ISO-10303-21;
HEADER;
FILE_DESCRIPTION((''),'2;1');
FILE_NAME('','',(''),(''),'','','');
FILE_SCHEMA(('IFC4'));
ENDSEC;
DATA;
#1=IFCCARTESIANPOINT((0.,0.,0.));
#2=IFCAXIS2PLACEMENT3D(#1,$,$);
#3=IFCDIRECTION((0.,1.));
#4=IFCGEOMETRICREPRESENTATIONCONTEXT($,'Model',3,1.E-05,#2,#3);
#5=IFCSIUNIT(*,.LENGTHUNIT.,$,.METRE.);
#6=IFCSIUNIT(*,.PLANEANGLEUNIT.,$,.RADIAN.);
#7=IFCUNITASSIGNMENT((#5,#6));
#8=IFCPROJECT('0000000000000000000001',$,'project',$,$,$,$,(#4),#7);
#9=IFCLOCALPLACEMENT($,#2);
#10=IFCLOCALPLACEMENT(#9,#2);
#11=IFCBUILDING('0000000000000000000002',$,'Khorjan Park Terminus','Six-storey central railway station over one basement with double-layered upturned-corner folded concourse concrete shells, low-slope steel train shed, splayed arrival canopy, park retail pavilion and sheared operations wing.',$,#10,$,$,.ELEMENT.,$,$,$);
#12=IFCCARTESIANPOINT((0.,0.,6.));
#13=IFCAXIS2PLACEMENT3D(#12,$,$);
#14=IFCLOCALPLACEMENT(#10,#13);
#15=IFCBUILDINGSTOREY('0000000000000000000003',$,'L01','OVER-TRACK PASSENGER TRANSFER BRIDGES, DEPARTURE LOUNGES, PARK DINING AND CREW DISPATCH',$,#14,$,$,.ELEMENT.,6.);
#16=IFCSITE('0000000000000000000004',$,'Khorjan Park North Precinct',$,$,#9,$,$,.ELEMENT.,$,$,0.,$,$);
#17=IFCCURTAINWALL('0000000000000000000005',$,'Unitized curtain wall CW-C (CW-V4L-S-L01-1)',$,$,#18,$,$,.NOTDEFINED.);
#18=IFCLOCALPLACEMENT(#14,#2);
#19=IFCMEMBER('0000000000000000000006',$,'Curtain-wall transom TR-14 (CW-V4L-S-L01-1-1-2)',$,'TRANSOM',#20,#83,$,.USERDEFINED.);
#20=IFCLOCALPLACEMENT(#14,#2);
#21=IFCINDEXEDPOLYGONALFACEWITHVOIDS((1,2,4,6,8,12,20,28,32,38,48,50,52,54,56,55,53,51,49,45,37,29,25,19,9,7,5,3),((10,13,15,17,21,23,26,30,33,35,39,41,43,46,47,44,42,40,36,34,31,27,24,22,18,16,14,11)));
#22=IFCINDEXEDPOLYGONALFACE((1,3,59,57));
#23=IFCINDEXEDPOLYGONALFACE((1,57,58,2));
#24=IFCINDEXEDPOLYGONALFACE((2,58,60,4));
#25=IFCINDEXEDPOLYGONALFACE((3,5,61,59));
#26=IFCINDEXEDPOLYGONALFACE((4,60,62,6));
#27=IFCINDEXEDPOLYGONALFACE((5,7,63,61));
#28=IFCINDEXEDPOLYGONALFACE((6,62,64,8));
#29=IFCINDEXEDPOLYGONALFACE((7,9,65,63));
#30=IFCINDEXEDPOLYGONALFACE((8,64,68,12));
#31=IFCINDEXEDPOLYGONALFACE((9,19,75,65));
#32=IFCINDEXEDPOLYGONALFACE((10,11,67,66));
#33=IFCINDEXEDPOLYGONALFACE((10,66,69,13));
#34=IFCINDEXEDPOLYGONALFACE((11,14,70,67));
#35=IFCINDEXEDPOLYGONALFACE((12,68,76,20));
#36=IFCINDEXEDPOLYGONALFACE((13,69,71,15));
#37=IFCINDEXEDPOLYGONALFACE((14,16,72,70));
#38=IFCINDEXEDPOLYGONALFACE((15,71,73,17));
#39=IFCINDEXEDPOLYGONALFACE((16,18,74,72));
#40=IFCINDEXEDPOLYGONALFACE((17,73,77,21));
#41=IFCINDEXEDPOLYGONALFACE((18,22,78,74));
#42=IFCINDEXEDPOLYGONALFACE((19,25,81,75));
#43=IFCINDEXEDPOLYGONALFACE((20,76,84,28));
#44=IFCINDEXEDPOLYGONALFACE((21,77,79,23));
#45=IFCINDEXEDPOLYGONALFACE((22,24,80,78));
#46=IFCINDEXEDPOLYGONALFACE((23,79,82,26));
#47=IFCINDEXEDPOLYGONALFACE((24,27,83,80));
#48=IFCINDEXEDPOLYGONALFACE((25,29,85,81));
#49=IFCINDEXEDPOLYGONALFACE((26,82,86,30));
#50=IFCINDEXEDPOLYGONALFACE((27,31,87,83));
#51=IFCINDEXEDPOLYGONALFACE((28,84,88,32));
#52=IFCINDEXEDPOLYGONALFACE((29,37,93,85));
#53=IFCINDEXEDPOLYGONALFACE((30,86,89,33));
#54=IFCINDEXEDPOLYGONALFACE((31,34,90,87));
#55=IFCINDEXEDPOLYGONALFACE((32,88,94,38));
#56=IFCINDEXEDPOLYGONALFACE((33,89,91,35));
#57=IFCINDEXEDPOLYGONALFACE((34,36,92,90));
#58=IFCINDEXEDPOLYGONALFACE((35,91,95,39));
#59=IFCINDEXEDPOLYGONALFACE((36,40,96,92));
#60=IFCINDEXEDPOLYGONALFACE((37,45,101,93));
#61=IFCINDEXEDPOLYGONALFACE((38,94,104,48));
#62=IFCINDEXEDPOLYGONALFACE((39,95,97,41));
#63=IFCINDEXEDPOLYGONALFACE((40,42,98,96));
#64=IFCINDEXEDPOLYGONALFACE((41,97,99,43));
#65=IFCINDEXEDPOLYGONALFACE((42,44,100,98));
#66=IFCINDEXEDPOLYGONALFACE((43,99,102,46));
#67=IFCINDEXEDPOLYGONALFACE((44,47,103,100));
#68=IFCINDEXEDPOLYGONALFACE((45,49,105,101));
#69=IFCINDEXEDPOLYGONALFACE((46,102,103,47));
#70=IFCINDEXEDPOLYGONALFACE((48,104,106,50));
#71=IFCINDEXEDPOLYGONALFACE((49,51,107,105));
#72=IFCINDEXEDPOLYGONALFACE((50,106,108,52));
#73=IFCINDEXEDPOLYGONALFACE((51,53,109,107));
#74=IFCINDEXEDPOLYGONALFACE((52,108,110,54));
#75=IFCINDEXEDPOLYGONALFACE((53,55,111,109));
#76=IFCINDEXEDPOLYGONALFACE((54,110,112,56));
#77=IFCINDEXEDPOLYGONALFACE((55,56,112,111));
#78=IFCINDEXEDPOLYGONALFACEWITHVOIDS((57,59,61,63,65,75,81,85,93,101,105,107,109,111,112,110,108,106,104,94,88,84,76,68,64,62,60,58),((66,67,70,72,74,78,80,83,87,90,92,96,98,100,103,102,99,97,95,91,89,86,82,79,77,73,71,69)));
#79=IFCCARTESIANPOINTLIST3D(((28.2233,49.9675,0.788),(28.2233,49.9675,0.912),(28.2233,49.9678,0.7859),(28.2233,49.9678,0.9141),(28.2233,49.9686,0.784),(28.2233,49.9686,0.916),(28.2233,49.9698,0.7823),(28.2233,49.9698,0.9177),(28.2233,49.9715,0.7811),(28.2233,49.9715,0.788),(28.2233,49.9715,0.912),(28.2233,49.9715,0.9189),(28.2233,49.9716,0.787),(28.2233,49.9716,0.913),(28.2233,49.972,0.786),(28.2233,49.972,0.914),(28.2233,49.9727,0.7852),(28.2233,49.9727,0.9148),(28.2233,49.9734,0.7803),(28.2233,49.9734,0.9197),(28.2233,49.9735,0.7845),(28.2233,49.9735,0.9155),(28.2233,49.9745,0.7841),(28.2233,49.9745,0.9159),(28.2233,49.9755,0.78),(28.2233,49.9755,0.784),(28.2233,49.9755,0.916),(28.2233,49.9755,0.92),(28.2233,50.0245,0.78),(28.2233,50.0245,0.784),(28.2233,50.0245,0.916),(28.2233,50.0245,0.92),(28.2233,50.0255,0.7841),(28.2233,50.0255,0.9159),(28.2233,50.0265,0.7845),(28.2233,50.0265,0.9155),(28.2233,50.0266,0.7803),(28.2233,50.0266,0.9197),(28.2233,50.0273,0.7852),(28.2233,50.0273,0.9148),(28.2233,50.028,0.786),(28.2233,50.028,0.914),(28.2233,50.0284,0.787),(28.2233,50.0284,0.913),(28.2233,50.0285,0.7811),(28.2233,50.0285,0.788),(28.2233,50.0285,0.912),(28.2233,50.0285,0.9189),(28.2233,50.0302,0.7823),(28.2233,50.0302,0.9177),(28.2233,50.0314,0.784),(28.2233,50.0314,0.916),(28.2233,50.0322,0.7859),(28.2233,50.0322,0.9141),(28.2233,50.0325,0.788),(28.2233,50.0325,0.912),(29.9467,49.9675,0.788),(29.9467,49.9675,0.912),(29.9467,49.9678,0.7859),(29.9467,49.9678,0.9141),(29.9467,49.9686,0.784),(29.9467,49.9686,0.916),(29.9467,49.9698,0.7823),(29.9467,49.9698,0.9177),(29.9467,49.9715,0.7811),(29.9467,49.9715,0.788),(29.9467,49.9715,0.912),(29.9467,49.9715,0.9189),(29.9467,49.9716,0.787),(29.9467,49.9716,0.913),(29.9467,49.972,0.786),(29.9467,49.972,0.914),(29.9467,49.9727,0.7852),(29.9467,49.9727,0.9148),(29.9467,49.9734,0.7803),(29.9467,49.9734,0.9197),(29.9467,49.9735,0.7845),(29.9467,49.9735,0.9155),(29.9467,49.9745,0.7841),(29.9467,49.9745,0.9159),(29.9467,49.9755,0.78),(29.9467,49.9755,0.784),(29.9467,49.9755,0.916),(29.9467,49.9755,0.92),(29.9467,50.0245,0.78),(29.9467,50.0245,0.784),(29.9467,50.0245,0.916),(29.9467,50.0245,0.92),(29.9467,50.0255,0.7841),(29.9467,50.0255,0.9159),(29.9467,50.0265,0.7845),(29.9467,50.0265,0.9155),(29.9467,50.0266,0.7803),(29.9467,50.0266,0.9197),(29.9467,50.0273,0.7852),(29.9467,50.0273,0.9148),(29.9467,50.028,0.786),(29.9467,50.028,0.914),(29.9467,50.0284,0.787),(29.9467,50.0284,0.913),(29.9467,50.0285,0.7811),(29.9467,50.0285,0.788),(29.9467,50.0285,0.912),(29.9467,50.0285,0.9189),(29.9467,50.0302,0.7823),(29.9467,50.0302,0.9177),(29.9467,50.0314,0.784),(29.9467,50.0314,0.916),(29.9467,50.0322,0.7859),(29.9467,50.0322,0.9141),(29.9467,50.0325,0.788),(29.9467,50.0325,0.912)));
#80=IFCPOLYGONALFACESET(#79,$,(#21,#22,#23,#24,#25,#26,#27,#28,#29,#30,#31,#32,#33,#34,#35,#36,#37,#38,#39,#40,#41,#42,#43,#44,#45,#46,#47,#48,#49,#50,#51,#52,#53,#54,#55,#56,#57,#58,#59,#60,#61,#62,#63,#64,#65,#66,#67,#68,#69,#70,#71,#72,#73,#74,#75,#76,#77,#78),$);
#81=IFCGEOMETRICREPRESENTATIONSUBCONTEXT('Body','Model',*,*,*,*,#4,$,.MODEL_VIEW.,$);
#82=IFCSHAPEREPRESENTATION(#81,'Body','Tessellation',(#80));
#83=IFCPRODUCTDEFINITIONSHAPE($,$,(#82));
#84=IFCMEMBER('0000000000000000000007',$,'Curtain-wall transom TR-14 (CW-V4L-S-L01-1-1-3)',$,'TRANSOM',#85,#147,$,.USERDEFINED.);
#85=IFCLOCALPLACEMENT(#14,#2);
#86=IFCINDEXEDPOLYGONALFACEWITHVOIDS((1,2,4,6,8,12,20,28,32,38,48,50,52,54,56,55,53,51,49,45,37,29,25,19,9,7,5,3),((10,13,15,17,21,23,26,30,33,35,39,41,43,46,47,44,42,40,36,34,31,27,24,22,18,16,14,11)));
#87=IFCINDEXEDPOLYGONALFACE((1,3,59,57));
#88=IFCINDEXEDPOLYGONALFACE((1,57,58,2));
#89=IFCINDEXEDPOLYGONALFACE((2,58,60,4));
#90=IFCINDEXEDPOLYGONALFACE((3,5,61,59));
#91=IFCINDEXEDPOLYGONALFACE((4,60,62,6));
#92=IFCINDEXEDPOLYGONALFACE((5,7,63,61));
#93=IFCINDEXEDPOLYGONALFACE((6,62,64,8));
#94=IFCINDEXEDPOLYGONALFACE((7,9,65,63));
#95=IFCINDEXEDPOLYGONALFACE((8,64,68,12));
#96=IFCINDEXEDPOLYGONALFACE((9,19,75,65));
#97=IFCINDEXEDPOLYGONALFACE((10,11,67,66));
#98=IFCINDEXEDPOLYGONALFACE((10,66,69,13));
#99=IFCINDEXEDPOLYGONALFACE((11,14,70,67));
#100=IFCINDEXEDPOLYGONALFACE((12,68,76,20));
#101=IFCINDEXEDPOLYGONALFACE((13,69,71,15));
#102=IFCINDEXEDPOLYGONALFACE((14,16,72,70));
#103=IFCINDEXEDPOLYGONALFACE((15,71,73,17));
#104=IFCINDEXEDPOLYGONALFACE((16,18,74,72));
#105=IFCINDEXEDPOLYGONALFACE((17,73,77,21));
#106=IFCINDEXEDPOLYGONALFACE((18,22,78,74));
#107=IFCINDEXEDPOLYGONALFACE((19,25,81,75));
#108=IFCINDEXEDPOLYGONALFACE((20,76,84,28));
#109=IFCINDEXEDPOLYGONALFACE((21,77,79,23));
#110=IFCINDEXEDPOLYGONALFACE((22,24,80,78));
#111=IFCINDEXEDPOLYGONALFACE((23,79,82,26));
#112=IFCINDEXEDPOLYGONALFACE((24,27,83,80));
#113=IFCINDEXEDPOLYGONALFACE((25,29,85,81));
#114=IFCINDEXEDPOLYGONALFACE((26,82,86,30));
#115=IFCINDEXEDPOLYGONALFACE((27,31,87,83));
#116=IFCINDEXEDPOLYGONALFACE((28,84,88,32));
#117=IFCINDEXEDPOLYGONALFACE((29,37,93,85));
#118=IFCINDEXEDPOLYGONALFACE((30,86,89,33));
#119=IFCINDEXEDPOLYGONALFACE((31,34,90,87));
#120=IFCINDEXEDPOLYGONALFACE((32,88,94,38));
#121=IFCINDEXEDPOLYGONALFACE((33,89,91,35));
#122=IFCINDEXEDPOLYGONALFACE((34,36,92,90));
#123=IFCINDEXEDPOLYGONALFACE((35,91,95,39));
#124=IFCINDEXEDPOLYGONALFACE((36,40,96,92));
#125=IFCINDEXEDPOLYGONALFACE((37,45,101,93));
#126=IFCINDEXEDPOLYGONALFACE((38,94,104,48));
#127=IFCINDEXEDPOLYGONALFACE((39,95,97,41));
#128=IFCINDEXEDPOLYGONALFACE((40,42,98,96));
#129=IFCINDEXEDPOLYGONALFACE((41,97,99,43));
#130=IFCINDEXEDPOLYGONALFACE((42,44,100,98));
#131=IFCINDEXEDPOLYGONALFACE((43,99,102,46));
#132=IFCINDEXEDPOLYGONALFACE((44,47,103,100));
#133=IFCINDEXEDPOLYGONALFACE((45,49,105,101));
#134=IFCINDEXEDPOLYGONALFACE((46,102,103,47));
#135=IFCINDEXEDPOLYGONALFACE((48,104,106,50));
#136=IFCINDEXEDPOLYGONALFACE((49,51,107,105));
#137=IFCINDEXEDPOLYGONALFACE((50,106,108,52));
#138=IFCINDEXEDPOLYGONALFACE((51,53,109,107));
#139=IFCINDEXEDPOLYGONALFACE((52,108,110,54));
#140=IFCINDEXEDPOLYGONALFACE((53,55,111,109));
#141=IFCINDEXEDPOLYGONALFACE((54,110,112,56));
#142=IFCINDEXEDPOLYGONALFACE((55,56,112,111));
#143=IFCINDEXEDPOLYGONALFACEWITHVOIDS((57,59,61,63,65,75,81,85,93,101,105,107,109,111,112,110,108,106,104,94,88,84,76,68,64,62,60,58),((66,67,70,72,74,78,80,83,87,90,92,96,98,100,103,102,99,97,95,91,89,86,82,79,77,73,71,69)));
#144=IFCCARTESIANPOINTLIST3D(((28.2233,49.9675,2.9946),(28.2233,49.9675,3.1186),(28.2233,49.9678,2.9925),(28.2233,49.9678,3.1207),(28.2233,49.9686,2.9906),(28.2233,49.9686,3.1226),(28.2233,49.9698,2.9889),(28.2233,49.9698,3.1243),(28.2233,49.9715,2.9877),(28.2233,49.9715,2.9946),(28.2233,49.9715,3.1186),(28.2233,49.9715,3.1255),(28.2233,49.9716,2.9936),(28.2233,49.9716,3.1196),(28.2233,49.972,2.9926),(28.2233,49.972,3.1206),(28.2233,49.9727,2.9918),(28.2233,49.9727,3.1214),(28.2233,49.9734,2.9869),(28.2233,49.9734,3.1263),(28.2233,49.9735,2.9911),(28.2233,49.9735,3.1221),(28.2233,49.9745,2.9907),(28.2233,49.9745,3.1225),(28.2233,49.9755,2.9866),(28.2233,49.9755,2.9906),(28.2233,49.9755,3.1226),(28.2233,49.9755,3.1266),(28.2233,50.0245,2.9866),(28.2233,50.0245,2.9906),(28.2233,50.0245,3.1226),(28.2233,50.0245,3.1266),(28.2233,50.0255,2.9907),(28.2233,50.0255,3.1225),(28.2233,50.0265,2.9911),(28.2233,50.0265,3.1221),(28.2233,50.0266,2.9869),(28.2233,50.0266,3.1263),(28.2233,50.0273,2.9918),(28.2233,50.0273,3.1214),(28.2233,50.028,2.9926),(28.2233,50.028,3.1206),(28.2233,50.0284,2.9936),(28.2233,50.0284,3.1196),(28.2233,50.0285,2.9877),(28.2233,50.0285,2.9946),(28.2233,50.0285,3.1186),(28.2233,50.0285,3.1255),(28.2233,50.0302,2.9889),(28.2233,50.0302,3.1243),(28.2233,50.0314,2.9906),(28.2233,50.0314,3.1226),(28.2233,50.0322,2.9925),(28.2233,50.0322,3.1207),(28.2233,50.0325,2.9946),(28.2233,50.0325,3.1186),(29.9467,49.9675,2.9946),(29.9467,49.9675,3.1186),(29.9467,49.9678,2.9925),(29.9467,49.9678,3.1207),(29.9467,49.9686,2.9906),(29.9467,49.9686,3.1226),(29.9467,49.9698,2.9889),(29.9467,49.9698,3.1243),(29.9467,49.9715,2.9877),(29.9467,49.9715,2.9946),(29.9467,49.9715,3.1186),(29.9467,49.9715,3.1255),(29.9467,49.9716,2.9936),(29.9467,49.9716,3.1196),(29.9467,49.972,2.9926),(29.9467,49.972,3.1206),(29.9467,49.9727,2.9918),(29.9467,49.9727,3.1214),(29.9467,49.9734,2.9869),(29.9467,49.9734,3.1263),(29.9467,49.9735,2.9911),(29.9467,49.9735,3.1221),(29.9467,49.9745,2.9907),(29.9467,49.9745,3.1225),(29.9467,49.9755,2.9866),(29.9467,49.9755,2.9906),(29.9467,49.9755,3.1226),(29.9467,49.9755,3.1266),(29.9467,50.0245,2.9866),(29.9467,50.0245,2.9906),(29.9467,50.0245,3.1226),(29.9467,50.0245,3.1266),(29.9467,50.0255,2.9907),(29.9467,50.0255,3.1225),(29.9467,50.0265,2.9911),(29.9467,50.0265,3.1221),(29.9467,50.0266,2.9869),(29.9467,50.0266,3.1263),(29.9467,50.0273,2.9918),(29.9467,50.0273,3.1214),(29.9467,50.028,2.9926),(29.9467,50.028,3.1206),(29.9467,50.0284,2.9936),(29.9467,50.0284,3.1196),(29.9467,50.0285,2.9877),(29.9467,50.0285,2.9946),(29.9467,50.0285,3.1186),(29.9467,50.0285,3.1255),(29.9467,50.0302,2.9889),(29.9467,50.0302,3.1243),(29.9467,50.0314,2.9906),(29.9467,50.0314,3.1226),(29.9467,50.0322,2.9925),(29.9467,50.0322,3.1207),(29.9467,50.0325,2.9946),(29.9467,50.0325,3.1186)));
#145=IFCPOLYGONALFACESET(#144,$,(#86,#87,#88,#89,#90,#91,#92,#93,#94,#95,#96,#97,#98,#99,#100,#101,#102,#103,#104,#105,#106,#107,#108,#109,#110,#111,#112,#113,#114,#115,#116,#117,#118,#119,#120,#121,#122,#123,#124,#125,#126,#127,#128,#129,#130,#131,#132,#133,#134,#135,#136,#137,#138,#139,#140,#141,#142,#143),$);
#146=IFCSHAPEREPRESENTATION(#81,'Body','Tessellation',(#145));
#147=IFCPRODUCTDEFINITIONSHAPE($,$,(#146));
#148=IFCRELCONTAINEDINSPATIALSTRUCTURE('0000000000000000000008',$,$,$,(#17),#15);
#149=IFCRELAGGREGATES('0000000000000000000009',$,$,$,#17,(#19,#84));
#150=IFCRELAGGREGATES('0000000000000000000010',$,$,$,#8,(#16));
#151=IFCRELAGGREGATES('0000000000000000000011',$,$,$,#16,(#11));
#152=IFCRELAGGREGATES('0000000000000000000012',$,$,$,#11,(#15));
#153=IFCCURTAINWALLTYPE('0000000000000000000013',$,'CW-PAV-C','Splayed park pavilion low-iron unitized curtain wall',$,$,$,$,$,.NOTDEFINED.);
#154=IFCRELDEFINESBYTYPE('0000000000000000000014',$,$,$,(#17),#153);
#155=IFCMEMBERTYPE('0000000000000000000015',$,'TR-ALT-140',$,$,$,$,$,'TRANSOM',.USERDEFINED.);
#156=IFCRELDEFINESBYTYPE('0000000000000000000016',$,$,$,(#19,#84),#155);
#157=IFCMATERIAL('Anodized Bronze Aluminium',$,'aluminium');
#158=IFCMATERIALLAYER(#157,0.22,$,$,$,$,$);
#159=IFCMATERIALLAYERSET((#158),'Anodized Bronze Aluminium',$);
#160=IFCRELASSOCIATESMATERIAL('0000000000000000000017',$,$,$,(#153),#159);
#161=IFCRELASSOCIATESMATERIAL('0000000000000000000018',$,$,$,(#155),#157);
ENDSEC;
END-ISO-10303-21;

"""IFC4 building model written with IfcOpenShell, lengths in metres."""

from ifc_helpers import new_model, si_unit, direction, frame, origin, origin_2d, place, context, subcontext, project, spatial, hollow_rectangle, extrude, material, layer, layer_set, material_profile, profile_set, type_object, element, aggregate, save


model = new_model("IFC4")

# Units and contexts
model_context = context("Model", 3, precision=1e-05, world=origin(), true_north=direction((0.0, 1.0)))
body_context = subcontext(model_context, "Body", "Model", "MODEL_VIEW")
ifc_project = project(units=[si_unit("LENGTHUNIT", "METRE"), si_unit("PLANEANGLEUNIT", "RADIAN")], contexts=[model_context])

# Site, building, storey
site_placement = place(None, origin())
site = spatial("IfcSite", under=ifc_project, at=site_placement, Name="Khorjan Park North Precinct", CompositionType="ELEMENT", RefElevation=0.0)
building_placement = place(site_placement, origin())
building = spatial("IfcBuilding", under=site, at=building_placement, Name="Khorjan Park Terminus", Description="Six-storey central railway station over one basement with double-layered upturned-corner folded concourse concrete shells, low-slope steel train shed, splayed arrival canopy, park retail pavilion and sheared operations wing.", CompositionType="ELEMENT")
storey_placement = place(building_placement, frame((0.0, 0.0, 6.0)))
storey = spatial("IfcBuildingStorey", under=building, at=storey_placement, Name="L01", Description="OVER-TRACK PASSENGER TRANSFER BRIDGES, DEPARTURE LOUNGES, PARK DINING AND CREW DISPATCH", CompositionType="ELEMENT", Elevation=6.0)

# Curtain wall
ifc_material_1 = material(Name="Anodized Bronze Aluminium", Category="aluminium")
ifc_layer_1 = layer(ifc_material_1, 0.22)
ifc_layer_set_1 = layer_set([ifc_layer_1], Name="Anodized Bronze Aluminium")
curtain_wall_type = type_object("IfcCurtainWallType", Name="CW-PAV-C", Description="Splayed park pavilion low-iron unitized curtain wall", PredefinedType="NOTDEFINED", material=ifc_layer_set_1)
curtain_wall_1_placement = place(storey_placement, origin())
curtain_wall_1 = element("IfcCurtainWall", 1, at=curtain_wall_1_placement, inside=storey, type_object=curtain_wall_type, Name="Unitized curtain wall CW-C (CW-V4L-S-L01-1)", PredefinedType="NOTDEFINED")

# Members
ifc_material_profile_1 = material_profile(ifc_material_1, hollow_rectangle(XDim=0.065, YDim=0.14, WallThickness=0.004, InnerFilletRadius=0.004, OuterFilletRadius=0.008, at=origin_2d()), Name="ALT 65x140x4")
ifc_profile_set_1 = profile_set([ifc_material_profile_1], Name="Anodized Bronze Aluminium")
member_type_1 = type_object("IfcMemberType", Name="TR-ALT-140", ElementType="TRANSOM", PredefinedType="USERDEFINED", material=ifc_profile_set_1)
member_1_placement = place(storey_placement, frame((28.2233, 50.0, 0.85), z_axis=(1.0, 0.0, 0.0), x_axis=(0.0, 1.0, 0.0)))
member_1 = element("IfcMember", 2, at=member_1_placement, type_object=member_type_1, Name="Curtain-wall transom TR-14 (CW-V4L-S-L01-1-1-2)", ObjectType="TRANSOM", PredefinedType="USERDEFINED", context=body_context, shape_type="SweptSolid", body=[
    extrude(hollow_rectangle(XDim=0.065, YDim=0.14, WallThickness=0.004, InnerFilletRadius=0.004, OuterFilletRadius=0.008, at=origin_2d()), origin(), (0.0, 0.0, 1.0), 1.7234),
])
member_2_placement = place(storey_placement, frame((28.2233, 50.0, 3.0566), z_axis=(1.0, 0.0, 0.0), x_axis=(0.0, 1.0, 0.0)))
member_2 = element("IfcMember", 3, at=member_2_placement, type_object=member_type_1, Name="Curtain-wall transom TR-14 (CW-V4L-S-L01-1-1-3)", ObjectType="TRANSOM", PredefinedType="USERDEFINED", context=body_context, shape_type="SweptSolid", body=[
    extrude(hollow_rectangle(XDim=0.065, YDim=0.14, WallThickness=0.004, InnerFilletRadius=0.004, OuterFilletRadius=0.008, at=origin_2d()), origin(), (0.0, 0.0, 1.0), 1.7234),
])

aggregate(curtain_wall_1, [member_1, member_2])

save(model, "model.ifc")
